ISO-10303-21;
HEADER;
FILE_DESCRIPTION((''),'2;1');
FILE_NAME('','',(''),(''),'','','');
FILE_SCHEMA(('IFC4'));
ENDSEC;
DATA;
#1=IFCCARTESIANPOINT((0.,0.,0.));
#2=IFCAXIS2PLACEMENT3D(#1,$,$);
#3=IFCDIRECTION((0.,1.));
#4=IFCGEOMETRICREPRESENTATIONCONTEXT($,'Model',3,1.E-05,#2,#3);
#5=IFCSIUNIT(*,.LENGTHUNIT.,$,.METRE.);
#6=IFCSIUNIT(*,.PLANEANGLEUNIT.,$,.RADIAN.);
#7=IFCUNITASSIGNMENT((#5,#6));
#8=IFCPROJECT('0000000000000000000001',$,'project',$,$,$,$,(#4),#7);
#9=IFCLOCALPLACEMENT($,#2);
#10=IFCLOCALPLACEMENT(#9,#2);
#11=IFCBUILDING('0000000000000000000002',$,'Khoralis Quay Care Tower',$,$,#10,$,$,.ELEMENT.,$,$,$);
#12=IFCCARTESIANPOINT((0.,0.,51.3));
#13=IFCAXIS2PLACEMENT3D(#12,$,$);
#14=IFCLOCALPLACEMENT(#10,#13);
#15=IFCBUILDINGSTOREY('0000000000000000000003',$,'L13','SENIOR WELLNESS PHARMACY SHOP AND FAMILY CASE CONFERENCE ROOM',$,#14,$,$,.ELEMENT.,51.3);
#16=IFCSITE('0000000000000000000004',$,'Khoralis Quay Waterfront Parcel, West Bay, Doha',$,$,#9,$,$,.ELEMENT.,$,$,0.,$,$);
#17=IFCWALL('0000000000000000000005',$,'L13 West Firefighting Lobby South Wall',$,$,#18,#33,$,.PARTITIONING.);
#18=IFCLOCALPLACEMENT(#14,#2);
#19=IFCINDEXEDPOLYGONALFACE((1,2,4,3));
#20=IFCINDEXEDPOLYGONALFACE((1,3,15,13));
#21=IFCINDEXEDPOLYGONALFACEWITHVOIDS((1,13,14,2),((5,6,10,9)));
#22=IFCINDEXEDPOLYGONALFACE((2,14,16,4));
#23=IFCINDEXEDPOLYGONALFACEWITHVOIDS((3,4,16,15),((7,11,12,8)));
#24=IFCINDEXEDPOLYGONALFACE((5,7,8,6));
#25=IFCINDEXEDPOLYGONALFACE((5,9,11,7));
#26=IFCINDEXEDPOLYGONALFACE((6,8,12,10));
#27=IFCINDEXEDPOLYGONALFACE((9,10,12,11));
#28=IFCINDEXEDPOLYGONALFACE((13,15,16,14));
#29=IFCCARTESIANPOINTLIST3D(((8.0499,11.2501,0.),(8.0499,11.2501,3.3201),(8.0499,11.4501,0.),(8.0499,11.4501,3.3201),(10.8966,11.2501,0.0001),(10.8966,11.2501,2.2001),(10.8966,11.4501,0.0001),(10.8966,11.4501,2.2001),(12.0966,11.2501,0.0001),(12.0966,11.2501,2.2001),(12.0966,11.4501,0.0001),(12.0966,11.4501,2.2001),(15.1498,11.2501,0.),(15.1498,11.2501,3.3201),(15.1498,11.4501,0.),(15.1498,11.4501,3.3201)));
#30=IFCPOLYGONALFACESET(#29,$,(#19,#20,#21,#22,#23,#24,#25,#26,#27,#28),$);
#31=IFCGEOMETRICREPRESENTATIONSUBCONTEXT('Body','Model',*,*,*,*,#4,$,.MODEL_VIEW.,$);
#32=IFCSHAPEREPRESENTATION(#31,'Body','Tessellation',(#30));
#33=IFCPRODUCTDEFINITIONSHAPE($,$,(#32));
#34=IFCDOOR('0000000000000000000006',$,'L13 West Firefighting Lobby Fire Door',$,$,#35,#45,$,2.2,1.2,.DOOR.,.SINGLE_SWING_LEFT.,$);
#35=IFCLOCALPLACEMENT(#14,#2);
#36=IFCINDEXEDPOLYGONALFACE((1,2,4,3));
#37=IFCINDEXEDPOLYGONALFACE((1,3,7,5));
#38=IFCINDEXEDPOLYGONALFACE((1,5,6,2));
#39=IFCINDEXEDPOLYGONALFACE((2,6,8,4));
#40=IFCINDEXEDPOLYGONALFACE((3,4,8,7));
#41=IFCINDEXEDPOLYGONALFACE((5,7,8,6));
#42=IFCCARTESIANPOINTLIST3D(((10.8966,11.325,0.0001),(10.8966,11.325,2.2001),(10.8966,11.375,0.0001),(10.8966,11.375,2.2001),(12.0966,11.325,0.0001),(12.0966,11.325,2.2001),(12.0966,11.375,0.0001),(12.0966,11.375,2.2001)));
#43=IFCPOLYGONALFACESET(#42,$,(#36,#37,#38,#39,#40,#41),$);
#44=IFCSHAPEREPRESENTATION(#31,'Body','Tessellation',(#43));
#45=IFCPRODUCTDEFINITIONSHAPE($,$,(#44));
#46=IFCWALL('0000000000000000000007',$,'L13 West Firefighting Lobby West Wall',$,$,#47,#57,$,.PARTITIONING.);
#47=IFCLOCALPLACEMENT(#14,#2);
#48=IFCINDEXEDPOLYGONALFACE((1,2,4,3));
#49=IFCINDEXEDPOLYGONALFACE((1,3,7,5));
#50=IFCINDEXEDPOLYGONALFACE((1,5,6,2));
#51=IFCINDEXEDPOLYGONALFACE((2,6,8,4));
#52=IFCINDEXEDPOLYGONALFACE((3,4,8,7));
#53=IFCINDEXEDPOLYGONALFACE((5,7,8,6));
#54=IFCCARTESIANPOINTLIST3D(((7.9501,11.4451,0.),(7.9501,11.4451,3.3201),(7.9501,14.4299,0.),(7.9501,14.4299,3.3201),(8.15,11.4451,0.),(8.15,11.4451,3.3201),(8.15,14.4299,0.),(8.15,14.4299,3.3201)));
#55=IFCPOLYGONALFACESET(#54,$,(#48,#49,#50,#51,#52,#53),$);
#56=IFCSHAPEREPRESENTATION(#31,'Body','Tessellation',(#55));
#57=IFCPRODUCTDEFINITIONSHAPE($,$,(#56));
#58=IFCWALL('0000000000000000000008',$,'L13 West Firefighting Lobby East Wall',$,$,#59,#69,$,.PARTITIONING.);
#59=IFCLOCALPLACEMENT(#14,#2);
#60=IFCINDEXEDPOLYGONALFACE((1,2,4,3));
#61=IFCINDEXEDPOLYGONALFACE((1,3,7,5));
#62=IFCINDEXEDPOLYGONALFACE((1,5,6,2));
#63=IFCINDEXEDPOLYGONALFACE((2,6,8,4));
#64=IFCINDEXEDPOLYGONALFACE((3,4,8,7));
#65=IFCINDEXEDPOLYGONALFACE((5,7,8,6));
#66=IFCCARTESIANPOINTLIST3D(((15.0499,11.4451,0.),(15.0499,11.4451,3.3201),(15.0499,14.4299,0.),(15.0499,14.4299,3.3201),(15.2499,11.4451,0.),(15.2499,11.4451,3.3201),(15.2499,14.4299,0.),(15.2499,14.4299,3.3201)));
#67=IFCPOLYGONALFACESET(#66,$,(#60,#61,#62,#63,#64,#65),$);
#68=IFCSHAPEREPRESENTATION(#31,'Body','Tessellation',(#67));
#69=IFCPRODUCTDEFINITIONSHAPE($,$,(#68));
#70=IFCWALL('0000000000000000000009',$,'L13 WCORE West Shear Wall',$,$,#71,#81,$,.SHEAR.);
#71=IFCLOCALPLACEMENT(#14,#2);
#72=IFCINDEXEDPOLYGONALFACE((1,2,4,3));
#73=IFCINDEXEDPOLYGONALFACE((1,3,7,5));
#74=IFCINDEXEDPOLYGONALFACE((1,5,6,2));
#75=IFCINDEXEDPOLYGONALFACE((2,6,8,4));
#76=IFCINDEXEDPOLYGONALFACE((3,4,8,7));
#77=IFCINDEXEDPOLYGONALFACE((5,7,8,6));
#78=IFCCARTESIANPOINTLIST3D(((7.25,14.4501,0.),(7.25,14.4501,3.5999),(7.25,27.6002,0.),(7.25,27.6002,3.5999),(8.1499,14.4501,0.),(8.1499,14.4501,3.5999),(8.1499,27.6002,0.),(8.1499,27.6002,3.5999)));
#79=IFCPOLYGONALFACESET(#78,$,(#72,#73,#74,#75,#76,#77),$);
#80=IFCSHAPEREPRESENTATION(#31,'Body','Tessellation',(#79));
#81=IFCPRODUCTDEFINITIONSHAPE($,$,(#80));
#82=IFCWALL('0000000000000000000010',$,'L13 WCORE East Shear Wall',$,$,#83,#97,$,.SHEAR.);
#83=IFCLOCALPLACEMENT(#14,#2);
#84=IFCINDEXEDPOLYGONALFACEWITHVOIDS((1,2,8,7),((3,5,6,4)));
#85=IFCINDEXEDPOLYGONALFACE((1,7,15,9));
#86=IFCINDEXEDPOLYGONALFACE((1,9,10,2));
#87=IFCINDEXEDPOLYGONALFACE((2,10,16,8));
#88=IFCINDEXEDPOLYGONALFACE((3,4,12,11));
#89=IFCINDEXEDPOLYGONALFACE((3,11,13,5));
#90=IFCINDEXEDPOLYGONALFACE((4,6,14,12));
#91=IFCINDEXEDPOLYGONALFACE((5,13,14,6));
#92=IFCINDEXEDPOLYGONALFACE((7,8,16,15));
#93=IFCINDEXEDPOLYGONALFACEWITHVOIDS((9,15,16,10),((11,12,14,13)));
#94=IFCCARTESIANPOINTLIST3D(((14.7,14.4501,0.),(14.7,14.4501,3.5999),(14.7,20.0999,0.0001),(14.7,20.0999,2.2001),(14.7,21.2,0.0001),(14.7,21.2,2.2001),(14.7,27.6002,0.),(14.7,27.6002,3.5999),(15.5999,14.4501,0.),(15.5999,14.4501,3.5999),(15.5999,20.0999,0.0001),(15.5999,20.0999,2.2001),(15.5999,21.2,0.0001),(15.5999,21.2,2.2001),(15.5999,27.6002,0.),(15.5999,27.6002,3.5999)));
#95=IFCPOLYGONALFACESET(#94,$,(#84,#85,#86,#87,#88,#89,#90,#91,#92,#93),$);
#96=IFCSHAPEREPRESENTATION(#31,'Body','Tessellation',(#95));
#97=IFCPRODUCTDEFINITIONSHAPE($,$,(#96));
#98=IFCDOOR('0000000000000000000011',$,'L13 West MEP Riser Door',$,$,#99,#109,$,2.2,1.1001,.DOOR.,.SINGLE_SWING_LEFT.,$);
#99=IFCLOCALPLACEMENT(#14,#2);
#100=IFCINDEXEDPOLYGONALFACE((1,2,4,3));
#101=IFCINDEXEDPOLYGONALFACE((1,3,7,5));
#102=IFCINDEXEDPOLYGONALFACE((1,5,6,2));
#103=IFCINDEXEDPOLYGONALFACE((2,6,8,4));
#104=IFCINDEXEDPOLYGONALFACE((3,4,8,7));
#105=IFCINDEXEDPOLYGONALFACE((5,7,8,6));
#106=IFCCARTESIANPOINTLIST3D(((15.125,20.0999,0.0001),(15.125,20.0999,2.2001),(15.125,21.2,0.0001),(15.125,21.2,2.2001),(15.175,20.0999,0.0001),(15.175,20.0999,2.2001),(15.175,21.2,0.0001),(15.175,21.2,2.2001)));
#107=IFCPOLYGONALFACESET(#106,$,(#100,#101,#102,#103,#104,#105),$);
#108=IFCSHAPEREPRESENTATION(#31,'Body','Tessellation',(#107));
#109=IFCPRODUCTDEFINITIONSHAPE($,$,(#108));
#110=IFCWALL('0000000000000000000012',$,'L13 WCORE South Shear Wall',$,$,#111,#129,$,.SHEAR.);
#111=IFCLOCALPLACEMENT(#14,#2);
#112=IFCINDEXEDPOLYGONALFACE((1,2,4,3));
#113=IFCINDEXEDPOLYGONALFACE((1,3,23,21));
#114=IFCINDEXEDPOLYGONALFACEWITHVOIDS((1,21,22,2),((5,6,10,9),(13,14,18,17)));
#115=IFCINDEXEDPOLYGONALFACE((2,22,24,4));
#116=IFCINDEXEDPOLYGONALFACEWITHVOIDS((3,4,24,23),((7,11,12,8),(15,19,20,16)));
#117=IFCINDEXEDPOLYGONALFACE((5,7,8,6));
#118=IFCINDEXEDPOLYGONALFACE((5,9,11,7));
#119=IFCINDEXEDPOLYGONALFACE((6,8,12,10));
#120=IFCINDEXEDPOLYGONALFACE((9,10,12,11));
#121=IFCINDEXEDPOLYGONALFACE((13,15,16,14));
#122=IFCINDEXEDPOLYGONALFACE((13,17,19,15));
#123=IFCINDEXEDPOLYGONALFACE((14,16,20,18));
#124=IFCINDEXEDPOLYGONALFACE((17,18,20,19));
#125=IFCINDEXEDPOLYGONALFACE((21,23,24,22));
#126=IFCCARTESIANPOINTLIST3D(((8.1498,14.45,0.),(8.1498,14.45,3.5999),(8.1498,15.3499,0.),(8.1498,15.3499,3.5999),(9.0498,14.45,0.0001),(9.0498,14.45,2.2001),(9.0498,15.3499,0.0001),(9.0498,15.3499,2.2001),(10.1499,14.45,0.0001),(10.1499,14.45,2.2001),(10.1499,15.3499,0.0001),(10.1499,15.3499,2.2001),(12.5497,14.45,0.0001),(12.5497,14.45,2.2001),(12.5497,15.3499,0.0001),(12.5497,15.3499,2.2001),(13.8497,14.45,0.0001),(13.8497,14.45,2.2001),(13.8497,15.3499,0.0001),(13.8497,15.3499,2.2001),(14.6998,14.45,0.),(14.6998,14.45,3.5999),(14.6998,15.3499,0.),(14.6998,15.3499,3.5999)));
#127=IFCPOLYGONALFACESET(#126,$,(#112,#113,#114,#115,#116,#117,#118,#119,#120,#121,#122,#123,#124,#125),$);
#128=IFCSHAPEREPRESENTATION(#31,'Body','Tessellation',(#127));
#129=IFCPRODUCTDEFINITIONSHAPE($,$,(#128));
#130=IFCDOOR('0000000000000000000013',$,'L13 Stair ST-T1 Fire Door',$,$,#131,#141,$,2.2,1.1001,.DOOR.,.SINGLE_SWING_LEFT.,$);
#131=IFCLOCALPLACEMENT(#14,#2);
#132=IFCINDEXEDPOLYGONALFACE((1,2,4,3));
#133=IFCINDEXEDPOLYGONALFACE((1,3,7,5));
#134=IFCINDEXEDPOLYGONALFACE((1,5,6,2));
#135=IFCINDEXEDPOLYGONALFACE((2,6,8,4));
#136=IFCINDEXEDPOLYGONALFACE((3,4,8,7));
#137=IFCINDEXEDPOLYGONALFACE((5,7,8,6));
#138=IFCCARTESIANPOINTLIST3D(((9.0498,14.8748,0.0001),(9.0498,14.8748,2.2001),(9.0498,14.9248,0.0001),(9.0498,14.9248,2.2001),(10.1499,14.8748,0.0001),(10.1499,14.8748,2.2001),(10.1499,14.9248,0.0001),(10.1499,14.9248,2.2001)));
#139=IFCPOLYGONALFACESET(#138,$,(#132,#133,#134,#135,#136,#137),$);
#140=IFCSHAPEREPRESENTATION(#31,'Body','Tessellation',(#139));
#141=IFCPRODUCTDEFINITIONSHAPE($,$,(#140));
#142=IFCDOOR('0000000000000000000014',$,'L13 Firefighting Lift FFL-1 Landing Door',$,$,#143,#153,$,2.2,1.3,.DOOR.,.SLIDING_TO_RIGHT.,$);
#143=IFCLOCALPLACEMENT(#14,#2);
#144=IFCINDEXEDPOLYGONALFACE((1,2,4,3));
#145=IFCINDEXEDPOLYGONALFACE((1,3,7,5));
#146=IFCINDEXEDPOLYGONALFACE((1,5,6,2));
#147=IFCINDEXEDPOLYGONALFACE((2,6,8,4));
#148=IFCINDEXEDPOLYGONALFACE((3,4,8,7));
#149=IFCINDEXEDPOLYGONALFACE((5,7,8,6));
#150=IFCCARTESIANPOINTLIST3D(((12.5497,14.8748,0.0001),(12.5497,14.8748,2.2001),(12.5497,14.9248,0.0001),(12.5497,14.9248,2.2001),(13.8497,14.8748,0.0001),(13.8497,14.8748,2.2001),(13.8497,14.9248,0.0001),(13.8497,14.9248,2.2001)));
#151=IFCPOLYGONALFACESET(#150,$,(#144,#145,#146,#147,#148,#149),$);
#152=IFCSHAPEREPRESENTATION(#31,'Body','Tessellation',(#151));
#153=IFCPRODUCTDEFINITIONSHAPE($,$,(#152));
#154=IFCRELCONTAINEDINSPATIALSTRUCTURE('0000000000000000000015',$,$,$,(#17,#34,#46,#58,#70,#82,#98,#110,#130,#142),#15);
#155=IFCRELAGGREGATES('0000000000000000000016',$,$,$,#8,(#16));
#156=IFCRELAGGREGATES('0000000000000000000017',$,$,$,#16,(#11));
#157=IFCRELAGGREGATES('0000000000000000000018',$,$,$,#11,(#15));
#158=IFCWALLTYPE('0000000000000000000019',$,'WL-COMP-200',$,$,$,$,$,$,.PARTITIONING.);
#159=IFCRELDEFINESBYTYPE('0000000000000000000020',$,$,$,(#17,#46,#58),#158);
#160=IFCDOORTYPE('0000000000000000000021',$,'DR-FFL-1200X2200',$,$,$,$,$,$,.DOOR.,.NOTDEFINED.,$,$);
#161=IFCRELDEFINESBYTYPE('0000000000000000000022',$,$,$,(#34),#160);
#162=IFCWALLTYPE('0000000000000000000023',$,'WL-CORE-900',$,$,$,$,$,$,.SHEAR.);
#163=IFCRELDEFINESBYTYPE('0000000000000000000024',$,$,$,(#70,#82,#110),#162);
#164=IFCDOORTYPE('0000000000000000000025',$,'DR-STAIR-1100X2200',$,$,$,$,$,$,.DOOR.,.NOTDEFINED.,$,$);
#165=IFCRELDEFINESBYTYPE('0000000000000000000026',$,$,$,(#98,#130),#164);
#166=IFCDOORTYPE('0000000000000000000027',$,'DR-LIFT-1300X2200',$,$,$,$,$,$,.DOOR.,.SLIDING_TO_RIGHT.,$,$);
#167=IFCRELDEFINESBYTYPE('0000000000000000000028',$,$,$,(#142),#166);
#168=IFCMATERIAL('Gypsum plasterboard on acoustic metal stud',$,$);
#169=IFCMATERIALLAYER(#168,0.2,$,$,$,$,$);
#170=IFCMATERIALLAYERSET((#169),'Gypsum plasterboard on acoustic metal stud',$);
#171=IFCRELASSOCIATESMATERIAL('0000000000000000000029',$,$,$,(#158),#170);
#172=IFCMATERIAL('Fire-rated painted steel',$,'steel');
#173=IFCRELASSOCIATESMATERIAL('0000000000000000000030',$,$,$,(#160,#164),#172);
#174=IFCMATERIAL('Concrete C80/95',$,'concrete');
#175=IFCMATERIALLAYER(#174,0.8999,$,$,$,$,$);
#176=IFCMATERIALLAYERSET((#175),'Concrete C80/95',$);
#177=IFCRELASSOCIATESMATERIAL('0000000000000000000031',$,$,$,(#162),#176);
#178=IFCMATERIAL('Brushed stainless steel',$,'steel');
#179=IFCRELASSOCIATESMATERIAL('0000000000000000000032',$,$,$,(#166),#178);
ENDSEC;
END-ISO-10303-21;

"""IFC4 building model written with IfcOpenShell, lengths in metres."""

from ifc_helpers import new_model, si_unit, direction, frame, frame_2d, origin, place, context, subcontext, project, spatial, rectangle, extrude, source, transform, mapped, material, layer, layer_set, type_object, element, fill, save


model = new_model("IFC4")

# Units and contexts
model_context = context("Model", 3, precision=1e-05, world=origin(), true_north=direction((0.0, 1.0)))
body_context = subcontext(model_context, "Body", "Model", "MODEL_VIEW")
ifc_project = project(units=[si_unit("LENGTHUNIT", "METRE"), si_unit("PLANEANGLEUNIT", "RADIAN")], contexts=[model_context])

# Site, building, storey
site_placement = place(None, origin())
site = spatial("IfcSite", under=ifc_project, at=site_placement, Name="Khoralis Quay Waterfront Parcel, West Bay, Doha", CompositionType="ELEMENT", RefElevation=0.0)
building_placement = place(site_placement, origin())
building = spatial("IfcBuilding", under=site, at=building_placement, Name="Khoralis Quay Care Tower", CompositionType="ELEMENT")
storey_placement = place(building_placement, frame((0.0, 0.0, 51.3)))
storey = spatial("IfcBuildingStorey", under=building, at=storey_placement, Name="L13", Description="SENIOR WELLNESS PHARMACY SHOP AND FAMILY CASE CONFERENCE ROOM", CompositionType="ELEMENT", Elevation=51.3)

# Shared definitions
ifc_material_1 = material(Name="Concrete C80/95", Category="concrete")

# Wall, opening, door
ifc_material_2 = material(Name="Gypsum plasterboard on acoustic metal stud")
ifc_layer_1 = layer(ifc_material_2, 0.2)
ifc_layer_set_1 = layer_set([ifc_layer_1], Name="Gypsum plasterboard on acoustic metal stud")
wall_type_1 = type_object("IfcWallType", Name="WL-COMP-200", PredefinedType="PARTITIONING", material=ifc_layer_set_1)
wall_1_placement = place(storey_placement, frame((8.05, 11.3501, 0.0), z_axis=(0.0, 0.0, 1.0), x_axis=(1.0, 0.0, 0.0)))
wall_1 = element("IfcWall", 1, at=wall_1_placement, inside=storey, type_object=wall_type_1, Name="L13 West Firefighting Lobby South Wall", PredefinedType="PARTITIONING", context=body_context, shape_type="SweptSolid", body=[
    extrude(rectangle(XDim=7.0999, YDim=0.2, at=frame_2d((3.5498, 0.0))), origin(), (0.0, 0.0, 1.0), 3.3201),
])
opening_1_placement = place(wall_1_placement, frame((2.8464, 0.0, 0.0)))
opening_1 = element("IfcOpeningElement", 2, at=opening_1_placement, cuts=wall_1, PredefinedType="OPENING", context=body_context, shape_type="SweptSolid", body=[
    extrude(rectangle(XDim=1.2, YDim=2.2, at=frame_2d((0.6001, 1.1001))), frame((0.0, 0.1099, 0.0), z_axis=(0.0, -1.0, 0.0), x_axis=(1.0, 0.0, 0.0)), (0.0, 0.0, 1.0), 0.22),
])
ifc_material_3 = material(Name="Fire-rated painted steel", Category="steel")
door_type_1 = type_object("IfcDoorType", Name="DR-FFL-1200X2200", OperationType="NOTDEFINED", PredefinedType="DOOR", material=ifc_material_3)
shared_shape_1 = source(origin(), body_context, "Body", "SweptSolid", [
    extrude(rectangle(XDim=1.2, YDim=2.2, at=frame_2d((0.6001, 1.1001))), frame((0.0, 0.0249, 0.0), z_axis=(0.0, -1.0, 0.0), x_axis=(1.0, 0.0, 0.0)), (0.0, 0.0, 1.0), 0.05),
])
door_1_placement = place(opening_1_placement, origin())
door_1 = element("IfcDoor", 3, at=door_1_placement, inside=storey, type_object=door_type_1, Name="L13 West Firefighting Lobby Fire Door", OperationType="SINGLE_SWING_LEFT", OverallHeight=2.2, OverallWidth=1.2, PredefinedType="DOOR", context=body_context, shape_type="MappedRepresentation", body=[
    mapped(shared_shape_1, transform((0.0, 0.0, 0.0), scale=1.0)),
])
fill(opening_1, door_1)

# Walls
for number, where, z_axis, x_axis, name in (
    (4, (8.05, 11.4451, 0.0), (0.0, 0.0, 1.0), (0.0, 1.0, 0.0), "L13 West Firefighting Lobby West Wall"),
    (5, (15.1499, 11.4451, 0.0), (0.0, 0.0, 1.0), (0.0, 1.0, 0.0), "L13 West Firefighting Lobby East Wall"),
):
    element("IfcWall", number, at=place(storey_placement, frame(where, z_axis=z_axis, x_axis=x_axis)), inside=storey, type_object=wall_type_1, Name=name, PredefinedType="PARTITIONING", context=body_context, shape_type="SweptSolid", body=[
        extrude(rectangle(XDim=2.9849, YDim=0.2, at=frame_2d((1.4924, 0.0))), origin(), (0.0, 0.0, 1.0), 3.3201),
    ])
ifc_layer_2 = layer(ifc_material_1, 0.8999)
ifc_layer_set_2 = layer_set([ifc_layer_2], Name="Concrete C80/95")
wall_type_2 = type_object("IfcWallType", Name="WL-CORE-900", PredefinedType="SHEAR", material=ifc_layer_set_2)
wall_2_placement = place(storey_placement, frame((7.7, 14.45, 0.0), z_axis=(0.0, 0.0, 1.0), x_axis=(0.0, 1.0, 0.0)))
element("IfcWall", 6, at=wall_2_placement, inside=storey, type_object=wall_type_2, Name="L13 WCORE West Shear Wall", PredefinedType="SHEAR", context=body_context, shape_type="SweptSolid", body=[
    extrude(rectangle(XDim=13.1501, YDim=0.8999, at=frame_2d((6.5752, 0.0))), origin(), (0.0, 0.0, 1.0), 3.5999),
])

# Wall, opening, door
wall_3_placement = place(storey_placement, frame((15.1499, 14.45, 0.0), z_axis=(0.0, 0.0, 1.0), x_axis=(0.0, 1.0, 0.0)))
wall_3 = element("IfcWall", 7, at=wall_3_placement, inside=storey, type_object=wall_type_2, Name="L13 WCORE East Shear Wall", PredefinedType="SHEAR", context=body_context, shape_type="SweptSolid", body=[
    extrude(rectangle(XDim=13.1501, YDim=0.8999, at=frame_2d((6.5752, 0.0))), origin(), (0.0, 0.0, 1.0), 3.5999),
])
opening_2_placement = place(wall_3_placement, frame((5.6499, 0.0, 0.0)))
opening_2 = element("IfcOpeningElement", 8, at=opening_2_placement, cuts=wall_3, PredefinedType="OPENING", context=body_context, shape_type="SweptSolid", body=[
    extrude(rectangle(XDim=1.1001, YDim=2.2, at=frame_2d((0.55, 1.1001))), frame((0.0, 0.46, 0.0), z_axis=(0.0, -1.0, 0.0), x_axis=(1.0, 0.0, 0.0)), (0.0, 0.0, 1.0), 0.9199),
])
door_type_2 = type_object("IfcDoorType", Name="DR-STAIR-1100X2200", OperationType="NOTDEFINED", PredefinedType="DOOR", material=ifc_material_3)
shared_shape_2 = source(origin(), body_context, "Body", "SweptSolid", [
    extrude(rectangle(XDim=1.1001, YDim=2.2, at=frame_2d((0.55, 1.1001))), frame((0.0, 0.0249, 0.0), z_axis=(0.0, -1.0, 0.0), x_axis=(1.0, 0.0, 0.0)), (0.0, 0.0, 1.0), 0.05),
])
door_2_placement = place(opening_2_placement, origin())
door_2 = element("IfcDoor", 9, at=door_2_placement, inside=storey, type_object=door_type_2, Name="L13 West MEP Riser Door", OperationType="SINGLE_SWING_LEFT", OverallHeight=2.2, OverallWidth=1.1001, PredefinedType="DOOR", context=body_context, shape_type="MappedRepresentation", body=[
    mapped(shared_shape_2, transform((0.0, 0.0, 0.0), scale=1.0)),
])
fill(opening_2, door_2)

# Wall, openings, doors
wall_4_placement = place(storey_placement, frame((8.1499, 14.8999, 0.0), z_axis=(0.0, 0.0, 1.0), x_axis=(1.0, 0.0, 0.0)))
wall_4 = element("IfcWall", 10, at=wall_4_placement, inside=storey, type_object=wall_type_2, Name="L13 WCORE South Shear Wall", PredefinedType="SHEAR", context=body_context, shape_type="SweptSolid", body=[
    extrude(rectangle(XDim=6.55, YDim=0.8999, at=frame_2d((3.2749, 0.0))), origin(), (0.0, 0.0, 1.0), 3.5999),
])
opening_3_placement = place(wall_4_placement, frame((0.8999, 0.0, 0.0)))
opening_3 = element("IfcOpeningElement", 11, at=opening_3_placement, cuts=wall_4, PredefinedType="OPENING", context=body_context, shape_type="SweptSolid", body=[
    extrude(rectangle(XDim=1.1001, YDim=2.2, at=frame_2d((0.55, 1.1001))), frame((0.0, 0.46, 0.0), z_axis=(0.0, -1.0, 0.0), x_axis=(1.0, 0.0, 0.0)), (0.0, 0.0, 1.0), 0.9199),
])
opening_4_placement = place(wall_4_placement, frame((4.3999, 0.0, 0.0)))
opening_4 = element("IfcOpeningElement", 12, at=opening_4_placement, cuts=wall_4, PredefinedType="OPENING", context=body_context, shape_type="SweptSolid", body=[
    extrude(rectangle(XDim=1.3, YDim=2.2, at=frame_2d((0.6499, 1.1001))), frame((0.0, 0.46, 0.0), z_axis=(0.0, -1.0, 0.0), x_axis=(1.0, 0.0, 0.0)), (0.0, 0.0, 1.0), 0.9199),
])
door_3_placement = place(opening_3_placement, origin())
door_3 = element("IfcDoor", 13, at=door_3_placement, inside=storey, type_object=door_type_2, Name="L13 Stair ST-T1 Fire Door", OperationType="SINGLE_SWING_LEFT", OverallHeight=2.2, OverallWidth=1.1001, PredefinedType="DOOR", context=body_context, shape_type="MappedRepresentation", body=[
    mapped(shared_shape_2, transform((0.0, 0.0, 0.0), scale=1.0)),
])
fill(opening_3, door_3)
ifc_material_4 = material(Name="Brushed stainless steel", Category="steel")
door_type_3 = type_object("IfcDoorType", Name="DR-LIFT-1300X2200", OperationType="SLIDING_TO_RIGHT", PredefinedType="DOOR", material=ifc_material_4)
shared_shape_3 = source(origin(), body_context, "Body", "SweptSolid", [
    extrude(rectangle(XDim=1.3, YDim=2.2, at=frame_2d((0.6499, 1.1001))), frame((0.0, 0.0249, 0.0), z_axis=(0.0, -1.0, 0.0), x_axis=(1.0, 0.0, 0.0)), (0.0, 0.0, 1.0), 0.05),
])
door_4_placement = place(opening_4_placement, origin())
door_4 = element("IfcDoor", 14, at=door_4_placement, inside=storey, type_object=door_type_3, Name="L13 Firefighting Lift FFL-1 Landing Door", OperationType="SLIDING_TO_RIGHT", OverallHeight=2.2, OverallWidth=1.3, PredefinedType="DOOR", context=body_context, shape_type="MappedRepresentation", body=[
    mapped(shared_shape_3, transform((0.0, 0.0, 0.0), scale=1.0)),
])
fill(opening_4, door_4)

save(model, "model.ifc")
